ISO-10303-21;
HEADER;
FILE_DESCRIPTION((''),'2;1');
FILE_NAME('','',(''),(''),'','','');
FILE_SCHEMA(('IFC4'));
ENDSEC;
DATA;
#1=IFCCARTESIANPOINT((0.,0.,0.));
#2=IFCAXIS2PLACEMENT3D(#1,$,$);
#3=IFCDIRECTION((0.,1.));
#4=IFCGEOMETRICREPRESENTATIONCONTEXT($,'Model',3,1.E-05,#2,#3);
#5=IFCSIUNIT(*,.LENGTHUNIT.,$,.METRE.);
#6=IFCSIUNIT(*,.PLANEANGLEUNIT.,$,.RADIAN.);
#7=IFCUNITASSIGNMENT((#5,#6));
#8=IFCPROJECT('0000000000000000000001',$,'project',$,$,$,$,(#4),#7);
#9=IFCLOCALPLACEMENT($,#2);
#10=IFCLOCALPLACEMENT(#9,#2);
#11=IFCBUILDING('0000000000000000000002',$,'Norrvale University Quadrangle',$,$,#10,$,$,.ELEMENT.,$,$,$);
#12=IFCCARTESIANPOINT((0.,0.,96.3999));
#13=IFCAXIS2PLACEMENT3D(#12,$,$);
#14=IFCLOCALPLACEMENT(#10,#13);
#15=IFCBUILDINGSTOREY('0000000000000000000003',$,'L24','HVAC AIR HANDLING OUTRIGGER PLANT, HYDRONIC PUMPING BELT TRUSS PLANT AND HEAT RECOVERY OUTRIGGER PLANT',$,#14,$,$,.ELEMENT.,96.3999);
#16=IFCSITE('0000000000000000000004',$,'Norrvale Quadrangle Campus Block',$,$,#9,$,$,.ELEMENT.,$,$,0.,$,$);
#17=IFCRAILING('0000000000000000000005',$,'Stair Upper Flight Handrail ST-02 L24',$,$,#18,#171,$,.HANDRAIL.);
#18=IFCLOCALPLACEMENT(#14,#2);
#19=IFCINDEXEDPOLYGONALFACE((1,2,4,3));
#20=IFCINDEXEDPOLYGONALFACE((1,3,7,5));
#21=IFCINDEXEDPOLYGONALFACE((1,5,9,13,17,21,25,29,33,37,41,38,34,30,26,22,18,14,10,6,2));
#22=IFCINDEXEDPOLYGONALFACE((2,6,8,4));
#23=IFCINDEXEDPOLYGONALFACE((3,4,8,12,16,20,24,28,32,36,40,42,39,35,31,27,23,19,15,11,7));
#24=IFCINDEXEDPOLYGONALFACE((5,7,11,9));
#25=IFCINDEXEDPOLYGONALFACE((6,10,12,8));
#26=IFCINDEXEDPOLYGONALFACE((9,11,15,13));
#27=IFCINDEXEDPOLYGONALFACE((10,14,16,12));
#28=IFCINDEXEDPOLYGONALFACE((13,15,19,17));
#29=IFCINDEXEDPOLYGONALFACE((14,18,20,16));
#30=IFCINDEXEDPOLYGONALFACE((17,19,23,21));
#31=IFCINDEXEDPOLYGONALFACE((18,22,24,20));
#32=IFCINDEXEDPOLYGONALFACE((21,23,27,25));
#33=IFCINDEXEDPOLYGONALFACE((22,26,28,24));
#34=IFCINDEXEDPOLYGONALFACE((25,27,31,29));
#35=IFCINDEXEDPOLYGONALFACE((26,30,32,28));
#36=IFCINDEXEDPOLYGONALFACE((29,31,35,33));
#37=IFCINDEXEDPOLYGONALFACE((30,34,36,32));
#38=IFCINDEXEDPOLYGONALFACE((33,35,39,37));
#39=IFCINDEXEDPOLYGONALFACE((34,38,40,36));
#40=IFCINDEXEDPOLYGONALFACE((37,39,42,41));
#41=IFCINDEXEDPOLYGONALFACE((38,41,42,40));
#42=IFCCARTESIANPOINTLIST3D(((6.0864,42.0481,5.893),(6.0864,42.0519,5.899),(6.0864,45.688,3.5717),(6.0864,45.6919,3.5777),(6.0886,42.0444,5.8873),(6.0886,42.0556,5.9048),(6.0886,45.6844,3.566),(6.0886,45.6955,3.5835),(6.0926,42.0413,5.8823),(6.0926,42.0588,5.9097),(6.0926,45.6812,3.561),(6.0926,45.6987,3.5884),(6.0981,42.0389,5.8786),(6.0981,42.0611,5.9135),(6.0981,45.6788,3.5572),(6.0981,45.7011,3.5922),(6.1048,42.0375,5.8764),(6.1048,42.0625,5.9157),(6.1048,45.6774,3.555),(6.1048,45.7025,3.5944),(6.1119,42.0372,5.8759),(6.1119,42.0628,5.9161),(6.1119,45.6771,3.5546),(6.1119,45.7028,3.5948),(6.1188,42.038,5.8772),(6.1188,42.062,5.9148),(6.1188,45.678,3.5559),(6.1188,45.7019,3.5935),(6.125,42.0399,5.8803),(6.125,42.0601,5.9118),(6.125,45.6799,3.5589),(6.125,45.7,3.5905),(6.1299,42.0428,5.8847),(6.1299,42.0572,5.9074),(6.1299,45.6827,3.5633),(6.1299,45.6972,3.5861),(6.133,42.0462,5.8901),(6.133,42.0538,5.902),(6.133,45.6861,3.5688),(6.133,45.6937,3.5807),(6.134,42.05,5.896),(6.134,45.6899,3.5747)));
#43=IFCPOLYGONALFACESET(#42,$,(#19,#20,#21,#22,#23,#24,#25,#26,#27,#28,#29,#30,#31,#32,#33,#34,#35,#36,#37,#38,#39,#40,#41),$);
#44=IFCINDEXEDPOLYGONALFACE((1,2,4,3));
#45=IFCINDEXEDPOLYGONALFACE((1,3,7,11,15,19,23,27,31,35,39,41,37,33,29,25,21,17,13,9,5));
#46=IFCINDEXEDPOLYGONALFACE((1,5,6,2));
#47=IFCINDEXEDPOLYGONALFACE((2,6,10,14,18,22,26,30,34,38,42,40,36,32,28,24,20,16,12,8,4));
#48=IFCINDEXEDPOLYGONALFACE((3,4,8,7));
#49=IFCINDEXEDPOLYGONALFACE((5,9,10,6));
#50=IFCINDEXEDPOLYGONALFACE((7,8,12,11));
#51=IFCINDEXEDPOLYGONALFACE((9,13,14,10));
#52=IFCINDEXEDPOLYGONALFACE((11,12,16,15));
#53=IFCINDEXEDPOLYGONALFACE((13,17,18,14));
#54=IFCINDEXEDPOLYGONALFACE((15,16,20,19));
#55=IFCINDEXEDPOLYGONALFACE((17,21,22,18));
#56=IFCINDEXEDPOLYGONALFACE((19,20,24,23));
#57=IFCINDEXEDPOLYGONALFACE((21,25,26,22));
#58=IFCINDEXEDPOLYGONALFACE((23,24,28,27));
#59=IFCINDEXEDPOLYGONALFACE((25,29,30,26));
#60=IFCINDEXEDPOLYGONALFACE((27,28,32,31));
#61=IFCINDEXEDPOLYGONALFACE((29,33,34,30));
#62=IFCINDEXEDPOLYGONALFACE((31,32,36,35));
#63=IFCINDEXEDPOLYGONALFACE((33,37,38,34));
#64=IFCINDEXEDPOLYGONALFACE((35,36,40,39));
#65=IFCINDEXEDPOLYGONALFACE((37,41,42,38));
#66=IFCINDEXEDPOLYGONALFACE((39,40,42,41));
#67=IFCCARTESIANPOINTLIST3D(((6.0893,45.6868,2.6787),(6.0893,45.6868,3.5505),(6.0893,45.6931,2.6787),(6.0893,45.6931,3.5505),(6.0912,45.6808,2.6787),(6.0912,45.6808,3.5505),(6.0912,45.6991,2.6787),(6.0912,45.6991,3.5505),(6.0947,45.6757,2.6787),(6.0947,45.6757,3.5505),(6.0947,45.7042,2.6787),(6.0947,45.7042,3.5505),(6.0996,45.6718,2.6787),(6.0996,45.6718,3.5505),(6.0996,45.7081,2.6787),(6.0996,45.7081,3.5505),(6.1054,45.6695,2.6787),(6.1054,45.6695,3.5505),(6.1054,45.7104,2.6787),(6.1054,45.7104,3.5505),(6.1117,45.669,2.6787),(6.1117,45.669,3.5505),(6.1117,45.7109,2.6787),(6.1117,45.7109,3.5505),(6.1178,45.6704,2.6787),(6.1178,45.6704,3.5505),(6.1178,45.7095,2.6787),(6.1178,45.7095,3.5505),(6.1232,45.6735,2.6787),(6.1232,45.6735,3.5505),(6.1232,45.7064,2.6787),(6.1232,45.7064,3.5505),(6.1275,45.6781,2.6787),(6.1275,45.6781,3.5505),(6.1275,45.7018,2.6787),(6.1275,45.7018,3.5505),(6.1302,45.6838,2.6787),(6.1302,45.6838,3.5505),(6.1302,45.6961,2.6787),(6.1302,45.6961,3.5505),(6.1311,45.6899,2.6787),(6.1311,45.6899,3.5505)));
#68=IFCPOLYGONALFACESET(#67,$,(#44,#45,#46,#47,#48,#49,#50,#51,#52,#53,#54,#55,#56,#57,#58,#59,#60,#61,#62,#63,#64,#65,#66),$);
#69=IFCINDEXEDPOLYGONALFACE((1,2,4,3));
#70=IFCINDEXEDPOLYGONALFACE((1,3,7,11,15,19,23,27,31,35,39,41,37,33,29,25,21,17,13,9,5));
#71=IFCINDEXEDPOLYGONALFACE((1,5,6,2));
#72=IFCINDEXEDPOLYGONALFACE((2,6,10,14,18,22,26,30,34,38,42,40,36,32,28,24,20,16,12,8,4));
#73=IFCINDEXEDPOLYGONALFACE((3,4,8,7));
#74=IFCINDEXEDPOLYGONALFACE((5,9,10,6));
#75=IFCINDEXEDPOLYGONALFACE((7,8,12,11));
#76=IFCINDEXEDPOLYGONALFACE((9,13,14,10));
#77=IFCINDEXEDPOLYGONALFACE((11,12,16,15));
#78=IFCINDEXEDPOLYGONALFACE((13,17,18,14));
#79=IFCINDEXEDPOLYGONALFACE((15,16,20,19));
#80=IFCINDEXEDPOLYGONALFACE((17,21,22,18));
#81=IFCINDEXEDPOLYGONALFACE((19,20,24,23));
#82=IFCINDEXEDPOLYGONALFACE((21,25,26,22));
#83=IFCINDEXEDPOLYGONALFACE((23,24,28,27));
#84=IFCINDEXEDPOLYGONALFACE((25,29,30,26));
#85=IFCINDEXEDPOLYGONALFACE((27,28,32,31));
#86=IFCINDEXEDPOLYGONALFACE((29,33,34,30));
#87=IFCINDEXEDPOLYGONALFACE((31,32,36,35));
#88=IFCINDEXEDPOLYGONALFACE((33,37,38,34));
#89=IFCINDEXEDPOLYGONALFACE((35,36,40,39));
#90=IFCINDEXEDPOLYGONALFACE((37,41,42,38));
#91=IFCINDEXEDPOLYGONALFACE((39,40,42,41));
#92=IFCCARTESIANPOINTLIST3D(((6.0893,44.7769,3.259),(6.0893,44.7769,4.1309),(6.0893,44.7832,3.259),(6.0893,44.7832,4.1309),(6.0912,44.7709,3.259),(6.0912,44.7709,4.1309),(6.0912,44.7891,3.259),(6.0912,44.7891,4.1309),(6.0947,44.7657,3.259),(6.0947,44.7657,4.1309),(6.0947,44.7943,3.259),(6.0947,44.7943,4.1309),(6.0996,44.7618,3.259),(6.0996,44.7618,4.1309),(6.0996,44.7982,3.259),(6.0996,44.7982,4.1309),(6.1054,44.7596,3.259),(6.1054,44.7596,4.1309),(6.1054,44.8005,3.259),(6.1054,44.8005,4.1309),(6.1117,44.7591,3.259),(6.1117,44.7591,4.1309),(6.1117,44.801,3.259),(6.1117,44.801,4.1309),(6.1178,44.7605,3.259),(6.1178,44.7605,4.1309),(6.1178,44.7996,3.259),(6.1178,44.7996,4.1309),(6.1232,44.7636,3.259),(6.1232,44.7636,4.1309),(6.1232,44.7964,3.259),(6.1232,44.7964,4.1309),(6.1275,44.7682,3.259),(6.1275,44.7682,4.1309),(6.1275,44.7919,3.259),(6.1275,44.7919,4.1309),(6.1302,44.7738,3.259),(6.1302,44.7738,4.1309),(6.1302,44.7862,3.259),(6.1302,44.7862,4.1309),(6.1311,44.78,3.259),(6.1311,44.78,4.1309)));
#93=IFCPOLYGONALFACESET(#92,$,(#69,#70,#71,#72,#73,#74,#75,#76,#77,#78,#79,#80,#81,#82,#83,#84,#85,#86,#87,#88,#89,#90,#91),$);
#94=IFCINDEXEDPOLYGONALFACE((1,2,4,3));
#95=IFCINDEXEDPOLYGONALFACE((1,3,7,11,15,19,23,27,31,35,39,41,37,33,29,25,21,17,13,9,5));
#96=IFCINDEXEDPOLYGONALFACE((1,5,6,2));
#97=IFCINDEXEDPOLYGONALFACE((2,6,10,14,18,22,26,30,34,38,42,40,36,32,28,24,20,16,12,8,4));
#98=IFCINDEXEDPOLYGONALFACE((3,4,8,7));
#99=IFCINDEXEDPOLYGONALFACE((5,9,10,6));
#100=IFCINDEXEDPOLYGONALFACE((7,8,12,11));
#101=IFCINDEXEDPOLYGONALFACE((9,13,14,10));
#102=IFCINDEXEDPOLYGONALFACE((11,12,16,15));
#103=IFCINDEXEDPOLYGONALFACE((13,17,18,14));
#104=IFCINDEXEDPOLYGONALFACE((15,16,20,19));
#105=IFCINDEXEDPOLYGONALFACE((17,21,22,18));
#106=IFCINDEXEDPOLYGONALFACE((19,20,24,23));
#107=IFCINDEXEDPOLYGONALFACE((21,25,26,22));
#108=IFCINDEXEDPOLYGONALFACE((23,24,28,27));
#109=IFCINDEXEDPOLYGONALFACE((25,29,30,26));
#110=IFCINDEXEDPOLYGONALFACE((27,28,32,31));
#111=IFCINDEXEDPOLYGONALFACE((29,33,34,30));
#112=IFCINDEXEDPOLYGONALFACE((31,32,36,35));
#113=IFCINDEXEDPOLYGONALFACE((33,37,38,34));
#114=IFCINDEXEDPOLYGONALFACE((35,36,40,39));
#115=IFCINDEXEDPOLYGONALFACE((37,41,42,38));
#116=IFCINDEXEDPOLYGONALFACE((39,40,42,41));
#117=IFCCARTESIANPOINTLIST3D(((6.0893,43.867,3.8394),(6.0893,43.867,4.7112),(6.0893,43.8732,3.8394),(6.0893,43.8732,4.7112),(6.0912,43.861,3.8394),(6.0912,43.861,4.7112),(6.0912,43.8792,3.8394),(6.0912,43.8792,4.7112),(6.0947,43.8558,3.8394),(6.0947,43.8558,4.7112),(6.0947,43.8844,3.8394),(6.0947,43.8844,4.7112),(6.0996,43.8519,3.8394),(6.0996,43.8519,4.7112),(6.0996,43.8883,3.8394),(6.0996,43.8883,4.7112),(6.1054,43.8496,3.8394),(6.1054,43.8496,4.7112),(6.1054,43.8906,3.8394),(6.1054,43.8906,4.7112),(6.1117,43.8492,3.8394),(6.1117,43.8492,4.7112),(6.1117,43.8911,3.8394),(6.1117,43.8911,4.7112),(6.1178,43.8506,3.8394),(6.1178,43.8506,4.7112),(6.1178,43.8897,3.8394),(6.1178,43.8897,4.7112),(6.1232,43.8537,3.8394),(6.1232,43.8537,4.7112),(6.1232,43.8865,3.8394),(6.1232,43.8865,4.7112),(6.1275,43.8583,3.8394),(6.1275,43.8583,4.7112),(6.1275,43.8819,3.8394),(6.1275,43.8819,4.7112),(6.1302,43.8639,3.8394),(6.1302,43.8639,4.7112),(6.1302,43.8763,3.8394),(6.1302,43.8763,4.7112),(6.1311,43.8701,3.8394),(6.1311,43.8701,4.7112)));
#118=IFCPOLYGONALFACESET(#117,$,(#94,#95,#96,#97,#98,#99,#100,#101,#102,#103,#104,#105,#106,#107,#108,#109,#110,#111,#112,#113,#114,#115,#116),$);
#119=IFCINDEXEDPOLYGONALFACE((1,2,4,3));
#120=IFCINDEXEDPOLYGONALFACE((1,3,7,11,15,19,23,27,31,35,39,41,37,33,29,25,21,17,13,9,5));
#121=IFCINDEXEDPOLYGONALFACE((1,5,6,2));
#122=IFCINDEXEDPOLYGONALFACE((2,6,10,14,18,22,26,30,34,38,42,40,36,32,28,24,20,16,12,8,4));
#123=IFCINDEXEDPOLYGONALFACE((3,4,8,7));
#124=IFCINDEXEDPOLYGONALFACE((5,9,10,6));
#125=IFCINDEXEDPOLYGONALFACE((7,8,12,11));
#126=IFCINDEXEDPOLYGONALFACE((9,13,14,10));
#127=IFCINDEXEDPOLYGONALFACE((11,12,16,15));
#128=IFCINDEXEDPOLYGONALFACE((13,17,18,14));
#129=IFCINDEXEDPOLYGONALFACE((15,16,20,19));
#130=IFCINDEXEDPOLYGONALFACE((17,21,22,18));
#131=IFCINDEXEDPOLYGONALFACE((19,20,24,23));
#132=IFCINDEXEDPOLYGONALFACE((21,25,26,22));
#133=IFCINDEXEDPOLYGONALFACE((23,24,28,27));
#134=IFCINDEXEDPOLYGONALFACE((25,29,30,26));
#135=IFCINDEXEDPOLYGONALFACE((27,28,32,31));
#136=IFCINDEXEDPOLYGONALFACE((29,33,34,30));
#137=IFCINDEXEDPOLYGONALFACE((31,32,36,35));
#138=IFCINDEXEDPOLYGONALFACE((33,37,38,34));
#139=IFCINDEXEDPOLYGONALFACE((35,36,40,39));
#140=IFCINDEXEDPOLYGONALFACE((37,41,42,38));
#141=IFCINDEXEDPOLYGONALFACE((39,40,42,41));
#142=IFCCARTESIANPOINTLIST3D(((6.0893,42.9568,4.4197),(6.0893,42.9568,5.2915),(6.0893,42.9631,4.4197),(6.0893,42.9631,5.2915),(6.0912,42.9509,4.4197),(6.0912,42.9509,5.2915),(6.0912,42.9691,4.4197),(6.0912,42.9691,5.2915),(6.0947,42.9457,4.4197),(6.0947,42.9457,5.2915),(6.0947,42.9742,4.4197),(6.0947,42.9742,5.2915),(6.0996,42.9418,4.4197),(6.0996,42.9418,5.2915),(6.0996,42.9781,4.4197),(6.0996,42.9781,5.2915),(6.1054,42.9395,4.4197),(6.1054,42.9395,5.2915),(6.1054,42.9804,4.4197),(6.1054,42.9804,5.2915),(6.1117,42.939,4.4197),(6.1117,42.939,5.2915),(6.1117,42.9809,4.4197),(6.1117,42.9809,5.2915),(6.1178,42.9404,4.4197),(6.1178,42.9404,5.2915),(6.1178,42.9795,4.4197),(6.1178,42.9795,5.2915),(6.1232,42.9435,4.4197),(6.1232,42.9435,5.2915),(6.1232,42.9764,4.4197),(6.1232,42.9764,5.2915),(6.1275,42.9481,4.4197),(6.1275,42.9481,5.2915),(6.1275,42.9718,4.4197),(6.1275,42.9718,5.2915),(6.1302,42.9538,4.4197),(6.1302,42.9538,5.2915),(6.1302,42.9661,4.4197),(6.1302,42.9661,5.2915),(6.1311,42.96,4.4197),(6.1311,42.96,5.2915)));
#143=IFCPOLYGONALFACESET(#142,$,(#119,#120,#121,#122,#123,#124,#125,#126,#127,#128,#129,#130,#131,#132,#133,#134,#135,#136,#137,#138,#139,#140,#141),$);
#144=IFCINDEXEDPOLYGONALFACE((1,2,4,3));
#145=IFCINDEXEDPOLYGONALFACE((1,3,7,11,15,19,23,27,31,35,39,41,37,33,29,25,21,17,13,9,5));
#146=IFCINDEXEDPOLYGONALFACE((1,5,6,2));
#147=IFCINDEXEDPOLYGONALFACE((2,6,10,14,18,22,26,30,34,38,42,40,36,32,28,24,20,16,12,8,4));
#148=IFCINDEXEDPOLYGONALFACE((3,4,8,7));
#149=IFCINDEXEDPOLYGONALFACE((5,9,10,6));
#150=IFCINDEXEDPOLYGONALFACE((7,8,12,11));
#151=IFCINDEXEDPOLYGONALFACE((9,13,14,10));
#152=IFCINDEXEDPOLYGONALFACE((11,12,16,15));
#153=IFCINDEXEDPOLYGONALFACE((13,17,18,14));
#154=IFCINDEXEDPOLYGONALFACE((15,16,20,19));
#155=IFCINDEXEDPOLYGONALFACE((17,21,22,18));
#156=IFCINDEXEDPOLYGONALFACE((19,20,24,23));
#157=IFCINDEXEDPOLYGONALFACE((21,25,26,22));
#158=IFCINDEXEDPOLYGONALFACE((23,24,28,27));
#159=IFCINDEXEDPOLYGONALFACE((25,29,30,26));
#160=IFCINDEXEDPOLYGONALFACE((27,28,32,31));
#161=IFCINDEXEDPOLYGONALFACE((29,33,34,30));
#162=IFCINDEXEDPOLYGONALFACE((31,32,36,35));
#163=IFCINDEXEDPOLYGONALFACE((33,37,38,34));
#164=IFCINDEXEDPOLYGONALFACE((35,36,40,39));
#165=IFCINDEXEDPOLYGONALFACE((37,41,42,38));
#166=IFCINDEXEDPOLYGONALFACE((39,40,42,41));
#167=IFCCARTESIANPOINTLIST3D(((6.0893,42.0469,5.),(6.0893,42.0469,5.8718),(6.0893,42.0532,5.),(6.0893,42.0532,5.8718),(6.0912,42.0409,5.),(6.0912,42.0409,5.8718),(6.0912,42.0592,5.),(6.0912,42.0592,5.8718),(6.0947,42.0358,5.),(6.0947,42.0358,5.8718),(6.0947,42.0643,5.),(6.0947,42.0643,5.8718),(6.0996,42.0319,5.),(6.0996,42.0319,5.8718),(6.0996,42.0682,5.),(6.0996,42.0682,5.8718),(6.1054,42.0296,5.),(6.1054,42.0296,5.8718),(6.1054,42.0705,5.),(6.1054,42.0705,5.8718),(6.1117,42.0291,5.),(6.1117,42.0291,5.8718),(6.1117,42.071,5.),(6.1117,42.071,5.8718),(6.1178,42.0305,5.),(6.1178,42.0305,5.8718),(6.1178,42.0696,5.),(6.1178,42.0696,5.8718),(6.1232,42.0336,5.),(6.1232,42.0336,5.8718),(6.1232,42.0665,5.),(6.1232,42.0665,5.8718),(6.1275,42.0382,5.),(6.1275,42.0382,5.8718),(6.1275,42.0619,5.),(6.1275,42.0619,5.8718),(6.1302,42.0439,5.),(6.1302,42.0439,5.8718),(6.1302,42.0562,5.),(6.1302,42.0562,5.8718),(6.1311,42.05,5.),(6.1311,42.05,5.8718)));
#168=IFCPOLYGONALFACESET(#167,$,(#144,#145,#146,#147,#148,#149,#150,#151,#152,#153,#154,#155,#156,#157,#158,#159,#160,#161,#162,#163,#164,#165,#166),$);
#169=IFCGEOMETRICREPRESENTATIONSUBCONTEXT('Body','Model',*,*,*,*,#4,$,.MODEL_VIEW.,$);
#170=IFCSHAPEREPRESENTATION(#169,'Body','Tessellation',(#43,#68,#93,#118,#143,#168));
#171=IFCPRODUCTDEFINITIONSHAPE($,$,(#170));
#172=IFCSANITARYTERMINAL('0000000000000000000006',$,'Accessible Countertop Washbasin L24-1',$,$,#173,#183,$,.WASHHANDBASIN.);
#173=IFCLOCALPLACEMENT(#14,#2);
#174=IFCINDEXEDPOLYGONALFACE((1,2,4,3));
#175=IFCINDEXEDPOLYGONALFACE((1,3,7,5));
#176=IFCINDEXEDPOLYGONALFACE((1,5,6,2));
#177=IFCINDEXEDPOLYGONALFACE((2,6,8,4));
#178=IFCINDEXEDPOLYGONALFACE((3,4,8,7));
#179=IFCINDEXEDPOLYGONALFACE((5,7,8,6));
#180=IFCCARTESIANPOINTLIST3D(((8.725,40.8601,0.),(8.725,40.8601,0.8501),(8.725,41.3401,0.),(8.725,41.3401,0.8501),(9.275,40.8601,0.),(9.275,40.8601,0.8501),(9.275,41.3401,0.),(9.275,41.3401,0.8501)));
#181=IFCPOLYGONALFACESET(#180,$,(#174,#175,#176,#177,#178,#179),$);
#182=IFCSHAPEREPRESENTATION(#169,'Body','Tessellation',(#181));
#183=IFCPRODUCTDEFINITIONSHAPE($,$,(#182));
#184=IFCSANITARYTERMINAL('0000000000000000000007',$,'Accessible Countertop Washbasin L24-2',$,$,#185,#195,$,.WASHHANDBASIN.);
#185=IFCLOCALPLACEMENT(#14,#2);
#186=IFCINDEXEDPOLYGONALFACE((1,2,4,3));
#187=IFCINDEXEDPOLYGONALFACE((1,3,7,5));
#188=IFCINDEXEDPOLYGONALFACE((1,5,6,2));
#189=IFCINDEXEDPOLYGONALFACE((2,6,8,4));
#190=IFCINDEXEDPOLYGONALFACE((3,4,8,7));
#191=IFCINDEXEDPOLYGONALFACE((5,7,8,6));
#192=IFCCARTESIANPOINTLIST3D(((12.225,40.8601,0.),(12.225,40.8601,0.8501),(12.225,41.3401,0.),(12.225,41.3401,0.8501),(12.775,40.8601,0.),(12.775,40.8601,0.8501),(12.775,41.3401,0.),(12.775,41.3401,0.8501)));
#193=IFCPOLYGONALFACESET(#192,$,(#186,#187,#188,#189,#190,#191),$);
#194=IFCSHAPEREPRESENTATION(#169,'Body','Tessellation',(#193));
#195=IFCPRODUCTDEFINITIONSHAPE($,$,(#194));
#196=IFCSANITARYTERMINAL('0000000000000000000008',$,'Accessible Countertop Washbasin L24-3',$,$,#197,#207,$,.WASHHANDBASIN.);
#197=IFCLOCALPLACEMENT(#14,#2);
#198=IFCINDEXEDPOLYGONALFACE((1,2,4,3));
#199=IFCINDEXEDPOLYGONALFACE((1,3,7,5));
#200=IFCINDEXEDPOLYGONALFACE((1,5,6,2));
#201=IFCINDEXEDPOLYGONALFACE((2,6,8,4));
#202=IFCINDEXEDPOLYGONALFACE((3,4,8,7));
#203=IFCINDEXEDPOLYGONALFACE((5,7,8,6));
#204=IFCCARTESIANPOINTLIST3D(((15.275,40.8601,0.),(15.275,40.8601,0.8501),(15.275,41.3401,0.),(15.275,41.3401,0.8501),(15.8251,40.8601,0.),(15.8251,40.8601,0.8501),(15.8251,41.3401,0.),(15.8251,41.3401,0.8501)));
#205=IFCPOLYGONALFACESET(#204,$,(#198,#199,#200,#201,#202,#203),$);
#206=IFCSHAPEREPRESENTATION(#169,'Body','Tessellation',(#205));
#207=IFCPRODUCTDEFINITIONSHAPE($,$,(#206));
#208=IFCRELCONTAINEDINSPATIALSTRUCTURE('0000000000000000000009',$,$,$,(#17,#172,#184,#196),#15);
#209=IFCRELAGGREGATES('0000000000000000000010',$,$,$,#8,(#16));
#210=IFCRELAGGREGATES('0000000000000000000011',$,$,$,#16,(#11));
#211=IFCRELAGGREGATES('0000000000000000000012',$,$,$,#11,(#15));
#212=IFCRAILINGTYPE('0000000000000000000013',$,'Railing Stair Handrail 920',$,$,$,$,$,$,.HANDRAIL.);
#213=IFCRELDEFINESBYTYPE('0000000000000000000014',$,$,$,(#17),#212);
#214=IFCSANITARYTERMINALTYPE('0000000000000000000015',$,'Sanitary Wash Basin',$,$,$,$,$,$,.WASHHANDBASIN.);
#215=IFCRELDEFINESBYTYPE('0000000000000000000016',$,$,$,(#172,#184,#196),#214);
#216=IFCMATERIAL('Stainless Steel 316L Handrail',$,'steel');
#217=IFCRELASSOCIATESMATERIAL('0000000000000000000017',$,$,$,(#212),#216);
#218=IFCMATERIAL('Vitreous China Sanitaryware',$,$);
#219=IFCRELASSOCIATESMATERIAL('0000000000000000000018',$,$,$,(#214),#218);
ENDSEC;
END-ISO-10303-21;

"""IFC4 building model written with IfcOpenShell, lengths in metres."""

from ifc_helpers import new_model, si_unit, direction, frame, origin, origin_2d, place, context, subcontext, project, spatial, rectangle, circle, extrude, material, type_object, element, save


model = new_model("IFC4")

# Units and contexts
model_context = context("Model", 3, precision=1e-05, world=origin(), true_north=direction((0.0, 1.0)))
body_context = subcontext(model_context, "Body", "Model", "MODEL_VIEW")
ifc_project = project(units=[si_unit("LENGTHUNIT", "METRE"), si_unit("PLANEANGLEUNIT", "RADIAN")], contexts=[model_context])

# Site, building, storey
site_placement = place(None, origin())
site = spatial("IfcSite", under=ifc_project, at=site_placement, Name="Norrvale Quadrangle Campus Block", CompositionType="ELEMENT", RefElevation=0.0)
building_placement = place(site_placement, origin())
building = spatial("IfcBuilding", under=site, at=building_placement, Name="Norrvale University Quadrangle", CompositionType="ELEMENT")
storey_placement = place(building_placement, frame((0.0, 0.0, 96.3999)))
storey = spatial("IfcBuildingStorey", under=building, at=storey_placement, Name="L24", Description="HVAC AIR HANDLING OUTRIGGER PLANT, HYDRONIC PUMPING BELT TRUSS PLANT AND HEAT RECOVERY OUTRIGGER PLANT", CompositionType="ELEMENT", Elevation=96.3999)

# Railing
ifc_material_1 = material(Name="Stainless Steel 316L Handrail", Category="steel")
railing_type_1 = type_object("IfcRailingType", Name="Railing Stair Handrail 920", PredefinedType="HANDRAIL", material=ifc_material_1)
railing_1_placement = place(storey_placement, frame((6.1101, 45.6899, 2.6787)))
element("IfcRailing", 1, at=railing_1_placement, inside=storey, type_object=railing_type_1, Name="Stair Upper Flight Handrail ST-02 L24", PredefinedType="HANDRAIL", context=body_context, shape_type="SweptSolid", body=[
    extrude(circle(Radius=0.0239, at=origin_2d()), frame((0.0, 0.0, 0.896), z_axis=(0.0, -0.843137, 0.537699), x_axis=(1.0, 0.0, 0.0)), (0.0, 0.0, 1.0), 4.3171),
    extrude(circle(Radius=0.021, at=origin_2d()), origin(), (0.0, 0.0, 1.0), 0.8718),
    extrude(circle(Radius=0.021, at=origin_2d()), frame((0.0, -0.9099, 0.5803)), (0.0, 0.0, 1.0), 0.8718),
    extrude(circle(Radius=0.021, at=origin_2d()), frame((0.0, -1.8198, 1.1606)), (0.0, 0.0, 1.0), 0.8718),
    extrude(circle(Radius=0.021, at=origin_2d()), frame((0.0, -2.73, 1.741)), (0.0, 0.0, 1.0), 0.8718),
    extrude(circle(Radius=0.021, at=origin_2d()), frame((0.0, -3.6399, 2.3213)), (0.0, 0.0, 1.0), 0.8718),
])

# Sanitary terminals
ifc_material_2 = material(Name="Vitreous China Sanitaryware")
sanitary_terminal_type_1 = type_object("IfcSanitaryTerminalType", Name="Sanitary Wash Basin", PredefinedType="WASHHANDBASIN", material=ifc_material_2)
for number, where, z_axis, x_axis, name in (
    (2, (9.0, 41.1001, 0.0), (0.0, 0.0, 1.0), (1.0, 0.0, 0.0), "Accessible Countertop Washbasin L24-1"),
    (3, (12.5, 41.1001, 0.0), (0.0, 0.0, 1.0), (1.0, 0.0, 0.0), "Accessible Countertop Washbasin L24-2"),
    (4, (15.55, 41.1001, 0.0), (0.0, 0.0, 1.0), (1.0, 0.0, 0.0), "Accessible Countertop Washbasin L24-3"),
):
    element("IfcSanitaryTerminal", number, at=place(storey_placement, frame(where, z_axis=z_axis, x_axis=x_axis)), inside=storey, type_object=sanitary_terminal_type_1, Name=name, PredefinedType="WASHHANDBASIN", context=body_context, shape_type="SweptSolid", body=[
        extrude(rectangle(XDim=0.55, YDim=0.48, at=origin_2d()), origin(), (0.0, 0.0, 1.0), 0.8501),
    ])

save(model, "model.ifc")
